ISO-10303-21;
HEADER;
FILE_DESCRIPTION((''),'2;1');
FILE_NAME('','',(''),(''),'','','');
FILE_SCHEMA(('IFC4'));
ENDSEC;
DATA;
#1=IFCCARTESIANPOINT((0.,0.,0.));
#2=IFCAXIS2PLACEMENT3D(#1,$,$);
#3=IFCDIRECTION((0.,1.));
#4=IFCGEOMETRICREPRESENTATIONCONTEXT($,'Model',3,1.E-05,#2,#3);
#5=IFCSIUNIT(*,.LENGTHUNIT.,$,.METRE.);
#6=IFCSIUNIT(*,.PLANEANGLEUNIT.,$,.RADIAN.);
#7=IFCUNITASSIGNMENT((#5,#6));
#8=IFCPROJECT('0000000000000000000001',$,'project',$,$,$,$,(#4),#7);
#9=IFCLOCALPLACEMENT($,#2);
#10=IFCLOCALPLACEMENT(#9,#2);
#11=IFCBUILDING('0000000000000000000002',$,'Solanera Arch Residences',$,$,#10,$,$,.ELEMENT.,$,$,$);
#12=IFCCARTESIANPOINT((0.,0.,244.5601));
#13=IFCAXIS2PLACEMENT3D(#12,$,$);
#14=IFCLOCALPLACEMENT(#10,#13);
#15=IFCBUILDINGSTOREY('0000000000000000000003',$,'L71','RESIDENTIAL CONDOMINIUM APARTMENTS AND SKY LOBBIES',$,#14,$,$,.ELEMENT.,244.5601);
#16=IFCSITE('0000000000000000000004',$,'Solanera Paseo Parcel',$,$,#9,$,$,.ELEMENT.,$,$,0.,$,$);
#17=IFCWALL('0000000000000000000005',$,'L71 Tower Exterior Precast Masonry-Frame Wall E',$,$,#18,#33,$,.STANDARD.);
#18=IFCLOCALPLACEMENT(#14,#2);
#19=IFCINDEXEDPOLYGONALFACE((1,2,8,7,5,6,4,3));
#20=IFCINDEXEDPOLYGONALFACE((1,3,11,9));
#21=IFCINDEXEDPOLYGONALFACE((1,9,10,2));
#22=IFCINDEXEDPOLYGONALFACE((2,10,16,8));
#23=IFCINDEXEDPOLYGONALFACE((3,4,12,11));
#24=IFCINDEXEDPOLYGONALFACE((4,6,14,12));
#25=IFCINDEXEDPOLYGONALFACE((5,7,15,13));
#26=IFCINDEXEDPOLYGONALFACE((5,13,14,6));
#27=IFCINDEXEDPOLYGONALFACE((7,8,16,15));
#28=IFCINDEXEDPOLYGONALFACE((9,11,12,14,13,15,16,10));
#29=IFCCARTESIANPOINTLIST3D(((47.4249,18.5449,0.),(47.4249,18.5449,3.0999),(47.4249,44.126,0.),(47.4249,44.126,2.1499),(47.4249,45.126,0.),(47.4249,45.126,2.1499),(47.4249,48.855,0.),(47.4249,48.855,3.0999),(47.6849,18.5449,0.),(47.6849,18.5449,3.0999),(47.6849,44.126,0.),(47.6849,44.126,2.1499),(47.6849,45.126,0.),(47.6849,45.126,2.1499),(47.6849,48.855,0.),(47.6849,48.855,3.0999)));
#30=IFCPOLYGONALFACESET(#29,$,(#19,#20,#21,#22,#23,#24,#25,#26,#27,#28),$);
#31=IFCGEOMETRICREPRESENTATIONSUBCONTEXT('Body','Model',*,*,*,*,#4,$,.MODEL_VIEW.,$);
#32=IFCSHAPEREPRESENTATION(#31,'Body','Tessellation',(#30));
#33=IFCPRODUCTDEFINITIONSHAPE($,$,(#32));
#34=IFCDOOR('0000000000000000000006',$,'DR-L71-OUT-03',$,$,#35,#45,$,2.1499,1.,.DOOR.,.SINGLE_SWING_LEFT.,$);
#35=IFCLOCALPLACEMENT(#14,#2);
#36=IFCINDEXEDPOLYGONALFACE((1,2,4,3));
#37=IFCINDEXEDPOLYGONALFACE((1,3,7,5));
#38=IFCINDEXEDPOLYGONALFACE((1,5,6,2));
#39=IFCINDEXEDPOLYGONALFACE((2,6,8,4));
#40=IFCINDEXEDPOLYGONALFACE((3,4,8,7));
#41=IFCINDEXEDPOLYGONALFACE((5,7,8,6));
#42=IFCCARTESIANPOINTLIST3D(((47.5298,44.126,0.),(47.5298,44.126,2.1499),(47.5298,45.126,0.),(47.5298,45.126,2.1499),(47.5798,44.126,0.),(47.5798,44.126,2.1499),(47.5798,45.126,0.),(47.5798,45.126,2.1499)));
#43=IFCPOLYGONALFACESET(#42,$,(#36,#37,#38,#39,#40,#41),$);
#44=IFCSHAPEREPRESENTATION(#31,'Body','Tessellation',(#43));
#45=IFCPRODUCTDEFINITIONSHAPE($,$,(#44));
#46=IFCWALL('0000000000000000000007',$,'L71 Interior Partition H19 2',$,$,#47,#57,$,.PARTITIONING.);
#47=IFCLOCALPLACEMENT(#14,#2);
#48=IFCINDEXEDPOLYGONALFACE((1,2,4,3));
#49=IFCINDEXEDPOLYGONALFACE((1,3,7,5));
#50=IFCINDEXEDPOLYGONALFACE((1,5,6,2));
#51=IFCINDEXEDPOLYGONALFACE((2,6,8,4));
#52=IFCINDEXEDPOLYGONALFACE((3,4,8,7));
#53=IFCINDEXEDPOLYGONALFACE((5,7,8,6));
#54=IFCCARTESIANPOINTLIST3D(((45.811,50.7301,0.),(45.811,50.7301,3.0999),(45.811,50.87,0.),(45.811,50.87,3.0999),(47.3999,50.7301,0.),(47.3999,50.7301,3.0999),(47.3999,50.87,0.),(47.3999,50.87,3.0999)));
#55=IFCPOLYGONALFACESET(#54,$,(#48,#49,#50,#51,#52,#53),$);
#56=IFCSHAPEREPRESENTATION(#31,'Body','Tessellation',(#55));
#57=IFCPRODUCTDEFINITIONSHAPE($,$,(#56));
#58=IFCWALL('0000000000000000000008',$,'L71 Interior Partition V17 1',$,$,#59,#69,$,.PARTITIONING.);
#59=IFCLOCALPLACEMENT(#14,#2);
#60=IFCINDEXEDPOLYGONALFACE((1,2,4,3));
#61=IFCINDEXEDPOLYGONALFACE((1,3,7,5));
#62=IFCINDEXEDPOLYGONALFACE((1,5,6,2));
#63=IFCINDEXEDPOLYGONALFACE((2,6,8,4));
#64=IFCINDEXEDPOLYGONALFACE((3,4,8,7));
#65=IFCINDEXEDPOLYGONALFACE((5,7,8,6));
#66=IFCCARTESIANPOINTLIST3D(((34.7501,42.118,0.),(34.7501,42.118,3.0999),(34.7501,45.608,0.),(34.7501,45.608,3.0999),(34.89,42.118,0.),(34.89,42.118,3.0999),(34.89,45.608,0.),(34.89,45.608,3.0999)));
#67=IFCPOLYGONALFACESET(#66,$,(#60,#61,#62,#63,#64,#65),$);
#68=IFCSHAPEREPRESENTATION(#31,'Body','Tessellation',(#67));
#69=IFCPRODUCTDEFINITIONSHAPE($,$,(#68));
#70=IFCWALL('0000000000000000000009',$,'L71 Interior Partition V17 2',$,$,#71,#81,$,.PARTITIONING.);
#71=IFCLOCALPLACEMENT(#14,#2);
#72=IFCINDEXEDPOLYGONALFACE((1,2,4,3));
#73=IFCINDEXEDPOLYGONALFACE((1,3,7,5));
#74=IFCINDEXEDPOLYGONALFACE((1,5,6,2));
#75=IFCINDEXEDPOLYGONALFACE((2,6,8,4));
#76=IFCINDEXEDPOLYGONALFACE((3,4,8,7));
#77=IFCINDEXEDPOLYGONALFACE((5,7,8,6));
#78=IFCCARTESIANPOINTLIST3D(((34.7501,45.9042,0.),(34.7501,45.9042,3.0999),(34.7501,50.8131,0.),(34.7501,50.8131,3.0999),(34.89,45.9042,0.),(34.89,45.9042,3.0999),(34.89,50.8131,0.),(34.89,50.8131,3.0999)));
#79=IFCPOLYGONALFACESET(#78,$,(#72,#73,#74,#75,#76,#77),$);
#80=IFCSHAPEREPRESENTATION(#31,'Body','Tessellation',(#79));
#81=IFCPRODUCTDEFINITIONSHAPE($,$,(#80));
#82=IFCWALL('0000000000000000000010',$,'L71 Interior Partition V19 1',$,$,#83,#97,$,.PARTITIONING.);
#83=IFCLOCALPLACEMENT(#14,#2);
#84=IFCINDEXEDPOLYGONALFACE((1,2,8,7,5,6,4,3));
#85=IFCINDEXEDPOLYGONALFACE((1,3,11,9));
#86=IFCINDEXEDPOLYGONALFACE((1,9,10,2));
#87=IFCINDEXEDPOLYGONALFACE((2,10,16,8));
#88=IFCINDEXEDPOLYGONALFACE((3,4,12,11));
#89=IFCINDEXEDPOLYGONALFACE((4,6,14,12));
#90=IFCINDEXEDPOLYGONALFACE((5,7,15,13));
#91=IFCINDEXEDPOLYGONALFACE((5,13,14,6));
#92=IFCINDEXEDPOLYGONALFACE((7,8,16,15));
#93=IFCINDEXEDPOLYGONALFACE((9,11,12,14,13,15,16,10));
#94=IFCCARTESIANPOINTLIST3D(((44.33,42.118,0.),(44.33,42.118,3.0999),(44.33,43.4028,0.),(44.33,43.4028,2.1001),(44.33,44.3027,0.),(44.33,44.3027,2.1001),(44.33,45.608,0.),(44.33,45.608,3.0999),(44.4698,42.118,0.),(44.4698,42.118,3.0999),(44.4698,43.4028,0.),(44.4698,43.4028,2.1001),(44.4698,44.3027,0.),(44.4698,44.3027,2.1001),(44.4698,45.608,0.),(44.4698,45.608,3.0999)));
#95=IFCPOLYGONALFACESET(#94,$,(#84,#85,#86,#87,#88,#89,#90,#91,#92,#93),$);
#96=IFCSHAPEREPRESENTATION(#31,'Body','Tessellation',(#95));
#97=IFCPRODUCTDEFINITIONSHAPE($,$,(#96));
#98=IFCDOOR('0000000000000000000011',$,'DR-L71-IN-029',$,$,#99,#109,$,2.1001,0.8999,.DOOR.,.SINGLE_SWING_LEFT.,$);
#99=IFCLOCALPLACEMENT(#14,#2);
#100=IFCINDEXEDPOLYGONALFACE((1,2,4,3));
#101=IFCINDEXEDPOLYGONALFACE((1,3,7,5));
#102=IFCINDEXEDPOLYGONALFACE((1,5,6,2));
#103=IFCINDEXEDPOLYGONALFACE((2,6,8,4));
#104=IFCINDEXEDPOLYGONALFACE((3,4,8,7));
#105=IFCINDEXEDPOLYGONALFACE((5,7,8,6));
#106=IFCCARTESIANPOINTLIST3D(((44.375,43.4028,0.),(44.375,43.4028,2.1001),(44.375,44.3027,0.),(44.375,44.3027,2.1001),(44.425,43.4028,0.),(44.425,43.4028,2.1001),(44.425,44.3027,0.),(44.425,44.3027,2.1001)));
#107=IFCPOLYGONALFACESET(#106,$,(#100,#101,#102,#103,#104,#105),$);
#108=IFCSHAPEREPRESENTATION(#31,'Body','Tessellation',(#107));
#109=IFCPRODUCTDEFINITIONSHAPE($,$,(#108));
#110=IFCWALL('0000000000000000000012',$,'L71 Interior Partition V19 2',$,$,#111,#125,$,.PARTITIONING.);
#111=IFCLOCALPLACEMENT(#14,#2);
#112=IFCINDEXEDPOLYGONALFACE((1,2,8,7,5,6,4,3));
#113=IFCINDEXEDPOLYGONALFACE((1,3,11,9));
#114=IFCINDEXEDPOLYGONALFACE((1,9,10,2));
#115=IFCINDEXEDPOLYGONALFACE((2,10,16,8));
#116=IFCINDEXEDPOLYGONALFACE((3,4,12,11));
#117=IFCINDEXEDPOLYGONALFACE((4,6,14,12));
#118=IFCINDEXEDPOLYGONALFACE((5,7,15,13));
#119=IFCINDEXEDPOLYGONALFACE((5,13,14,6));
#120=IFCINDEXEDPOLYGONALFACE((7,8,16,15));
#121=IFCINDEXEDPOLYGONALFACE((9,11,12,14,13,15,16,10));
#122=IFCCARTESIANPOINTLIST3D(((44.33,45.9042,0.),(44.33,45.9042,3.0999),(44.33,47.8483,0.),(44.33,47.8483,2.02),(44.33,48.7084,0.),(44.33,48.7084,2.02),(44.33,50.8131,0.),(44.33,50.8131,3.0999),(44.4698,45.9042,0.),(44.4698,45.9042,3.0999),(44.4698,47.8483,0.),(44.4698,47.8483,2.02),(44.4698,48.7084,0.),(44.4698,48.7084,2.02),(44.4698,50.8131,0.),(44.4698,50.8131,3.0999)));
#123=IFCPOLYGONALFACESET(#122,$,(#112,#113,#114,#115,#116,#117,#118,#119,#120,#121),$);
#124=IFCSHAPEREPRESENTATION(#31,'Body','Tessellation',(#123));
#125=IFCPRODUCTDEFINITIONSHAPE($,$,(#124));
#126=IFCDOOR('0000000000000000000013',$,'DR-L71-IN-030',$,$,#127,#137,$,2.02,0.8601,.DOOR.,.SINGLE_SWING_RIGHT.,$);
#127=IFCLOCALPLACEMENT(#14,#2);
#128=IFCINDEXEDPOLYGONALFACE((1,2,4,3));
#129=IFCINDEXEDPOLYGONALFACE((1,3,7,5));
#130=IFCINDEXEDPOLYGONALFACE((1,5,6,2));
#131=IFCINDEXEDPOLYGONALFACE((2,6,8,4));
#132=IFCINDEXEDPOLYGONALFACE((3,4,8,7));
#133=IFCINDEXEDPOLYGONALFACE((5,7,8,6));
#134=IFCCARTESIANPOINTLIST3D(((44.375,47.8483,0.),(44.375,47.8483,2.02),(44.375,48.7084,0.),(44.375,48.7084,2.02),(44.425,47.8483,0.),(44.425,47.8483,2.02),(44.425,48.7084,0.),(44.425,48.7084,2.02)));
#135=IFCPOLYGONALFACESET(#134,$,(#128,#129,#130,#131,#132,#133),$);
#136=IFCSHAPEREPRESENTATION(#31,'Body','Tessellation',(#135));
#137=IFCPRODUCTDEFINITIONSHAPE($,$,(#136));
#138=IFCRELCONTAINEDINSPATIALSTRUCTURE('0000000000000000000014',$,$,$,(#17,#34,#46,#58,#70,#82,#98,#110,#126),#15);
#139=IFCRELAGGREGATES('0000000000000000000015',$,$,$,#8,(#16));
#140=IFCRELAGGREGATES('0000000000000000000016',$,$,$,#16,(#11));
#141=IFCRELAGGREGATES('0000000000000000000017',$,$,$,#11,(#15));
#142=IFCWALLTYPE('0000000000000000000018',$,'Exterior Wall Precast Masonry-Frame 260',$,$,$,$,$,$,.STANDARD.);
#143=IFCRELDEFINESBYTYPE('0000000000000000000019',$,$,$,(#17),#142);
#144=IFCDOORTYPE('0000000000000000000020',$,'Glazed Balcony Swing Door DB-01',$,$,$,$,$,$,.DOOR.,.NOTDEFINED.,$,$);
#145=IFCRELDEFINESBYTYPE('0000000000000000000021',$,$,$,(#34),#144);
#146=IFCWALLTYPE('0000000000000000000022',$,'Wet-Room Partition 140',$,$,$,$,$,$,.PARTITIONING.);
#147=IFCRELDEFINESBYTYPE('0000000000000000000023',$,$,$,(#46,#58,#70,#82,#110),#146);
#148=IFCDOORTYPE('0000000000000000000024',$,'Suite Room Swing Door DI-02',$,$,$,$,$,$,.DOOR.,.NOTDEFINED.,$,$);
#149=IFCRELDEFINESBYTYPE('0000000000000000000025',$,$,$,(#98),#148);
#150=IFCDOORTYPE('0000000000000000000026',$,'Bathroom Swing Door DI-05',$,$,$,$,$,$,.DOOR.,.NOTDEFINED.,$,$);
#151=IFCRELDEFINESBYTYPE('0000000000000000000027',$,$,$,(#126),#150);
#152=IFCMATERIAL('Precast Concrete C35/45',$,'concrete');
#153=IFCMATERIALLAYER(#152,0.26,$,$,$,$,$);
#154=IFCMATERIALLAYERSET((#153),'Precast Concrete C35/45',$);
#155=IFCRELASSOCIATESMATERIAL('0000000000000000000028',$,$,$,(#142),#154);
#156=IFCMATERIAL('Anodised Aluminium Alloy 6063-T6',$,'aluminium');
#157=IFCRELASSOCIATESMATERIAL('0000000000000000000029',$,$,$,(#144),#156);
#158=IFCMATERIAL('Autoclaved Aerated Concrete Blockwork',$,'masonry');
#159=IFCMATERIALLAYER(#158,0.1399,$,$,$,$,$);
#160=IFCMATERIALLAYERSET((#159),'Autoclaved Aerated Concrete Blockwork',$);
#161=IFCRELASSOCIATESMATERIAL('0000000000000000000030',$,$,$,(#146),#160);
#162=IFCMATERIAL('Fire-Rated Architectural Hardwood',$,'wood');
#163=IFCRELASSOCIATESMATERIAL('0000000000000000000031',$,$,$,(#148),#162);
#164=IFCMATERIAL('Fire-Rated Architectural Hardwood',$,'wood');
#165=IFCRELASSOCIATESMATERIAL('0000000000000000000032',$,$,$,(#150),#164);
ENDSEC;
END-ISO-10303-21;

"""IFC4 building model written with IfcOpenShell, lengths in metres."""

from ifc_helpers import new_model, si_unit, direction, frame, frame_2d, origin, place, context, subcontext, project, spatial, rectangle, extrude, material, layer, layer_set, type_object, element, fill, save


model = new_model("IFC4")

# Units and contexts
model_context = context("Model", 3, precision=1e-05, world=origin(), true_north=direction((0.0, 1.0)))
body_context = subcontext(model_context, "Body", "Model", "MODEL_VIEW")
ifc_project = project(units=[si_unit("LENGTHUNIT", "METRE"), si_unit("PLANEANGLEUNIT", "RADIAN")], contexts=[model_context])

# Site, building, storey
site_placement = place(None, origin())
site = spatial("IfcSite", under=ifc_project, at=site_placement, Name="Solanera Paseo Parcel", CompositionType="ELEMENT", RefElevation=0.0)
building_placement = place(site_placement, origin())
building = spatial("IfcBuilding", under=site, at=building_placement, Name="Solanera Arch Residences", CompositionType="ELEMENT")
storey_placement = place(building_placement, frame((0.0, 0.0, 244.5601)))
storey = spatial("IfcBuildingStorey", under=building, at=storey_placement, Name="L71", Description="RESIDENTIAL CONDOMINIUM APARTMENTS AND SKY LOBBIES", CompositionType="ELEMENT", Elevation=244.5601)

# Shared definitions
ifc_material_1 = material(Name="Precast Concrete C35/45", Category="concrete")
ifc_layer_1 = layer(ifc_material_1, 0.26)
ifc_layer_set_1 = layer_set([ifc_layer_1], Name="Precast Concrete C35/45")
wall_type_1 = type_object("IfcWallType", Name="Exterior Wall Precast Masonry-Frame 260", PredefinedType="STANDARD", material=ifc_layer_set_1)

# Wall, opening, door
wall_1_placement = place(storey_placement, frame((47.5549, 48.855, 0.0), z_axis=(0.0, 0.0, 1.0), x_axis=(0.0, -1.0, 0.0)))
wall_1 = element("IfcWall", 1, at=wall_1_placement, inside=storey, type_object=wall_type_1, Name="L71 Tower Exterior Precast Masonry-Frame Wall E", PredefinedType="STANDARD", context=body_context, shape_type="SweptSolid", body=[
    extrude(rectangle(XDim=30.3101, YDim=0.26, at=frame_2d((15.155, 0.0))), origin(), (0.0, 0.0, 1.0), 3.0999),
])
opening_1_placement = place(wall_1_placement, frame((3.729, 0.0, 0.0)))
opening_1 = element("IfcOpeningElement", 2, at=opening_1_placement, cuts=wall_1, PredefinedType="OPENING", context=body_context, shape_type="SweptSolid", body=[
    extrude(rectangle(XDim=1.0, YDim=2.1499, at=frame_2d((0.5, 1.075))), frame((0.0, 0.1399, 0.0), z_axis=(0.0, -1.0, 0.0), x_axis=(1.0, 0.0, 0.0)), (0.0, 0.0, 1.0), 0.28),
])
ifc_material_2 = material(Name="Anodised Aluminium Alloy 6063-T6", Category="aluminium")
door_type_1 = type_object("IfcDoorType", Name="Glazed Balcony Swing Door DB-01", OperationType="NOTDEFINED", PredefinedType="DOOR", material=ifc_material_2)
door_1_placement = place(opening_1_placement, origin())
door_1 = element("IfcDoor", 3, at=door_1_placement, inside=storey, type_object=door_type_1, Name="DR-L71-OUT-03", OperationType="SINGLE_SWING_LEFT", OverallHeight=2.1499, OverallWidth=1.0, PredefinedType="DOOR", context=body_context, shape_type="SweptSolid", body=[
    extrude(rectangle(XDim=1.0, YDim=2.1499, at=frame_2d((0.5, 1.075))), frame((0.0, 0.0249, 0.0), z_axis=(0.0, -1.0, 0.0), x_axis=(1.0, 0.0, 0.0)), (0.0, 0.0, 1.0), 0.05),
])
fill(opening_1, door_1)

# Walls
ifc_material_3 = material(Name="Autoclaved Aerated Concrete Blockwork", Category="masonry")
ifc_layer_2 = layer(ifc_material_3, 0.1399)
ifc_layer_set_2 = layer_set([ifc_layer_2], Name="Autoclaved Aerated Concrete Blockwork")
wall_type_2 = type_object("IfcWallType", Name="Wet-Room Partition 140", PredefinedType="PARTITIONING", material=ifc_layer_set_2)
wall_2_placement = place(storey_placement, frame((45.811, 50.8, 0.0), z_axis=(0.0, 0.0, 1.0), x_axis=(1.0, 0.0, 0.0)))
element("IfcWall", 4, at=wall_2_placement, inside=storey, type_object=wall_type_2, Name="L71 Interior Partition H19 2", PredefinedType="PARTITIONING", context=body_context, shape_type="SweptSolid", body=[
    extrude(rectangle(XDim=1.5889, YDim=0.1399, at=frame_2d((0.7944, 0.0))), origin(), (0.0, 0.0, 1.0), 3.0999),
])
wall_3_placement = place(storey_placement, frame((34.8201, 42.1179, 0.0), z_axis=(0.0, 0.0, 1.0), x_axis=(0.0, 1.0, 0.0)))
element("IfcWall", 5, at=wall_3_placement, inside=storey, type_object=wall_type_2, Name="L71 Interior Partition V17 1", PredefinedType="PARTITIONING", context=body_context, shape_type="SweptSolid", body=[
    extrude(rectangle(XDim=3.49, YDim=0.1399, at=frame_2d((1.7451, 0.0))), origin(), (0.0, 0.0, 1.0), 3.0999),
])
wall_4_placement = place(storey_placement, frame((34.8201, 45.9041, 0.0), z_axis=(0.0, 0.0, 1.0), x_axis=(0.0, 1.0, 0.0)))
element("IfcWall", 6, at=wall_4_placement, inside=storey, type_object=wall_type_2, Name="L71 Interior Partition V17 2", PredefinedType="PARTITIONING", context=body_context, shape_type="SweptSolid", body=[
    extrude(rectangle(XDim=4.9089, YDim=0.1399, at=frame_2d((2.4546, 0.0))), origin(), (0.0, 0.0, 1.0), 3.0999),
])

# Walls, openings, doors
wall_5_placement = place(storey_placement, frame((44.3999, 42.1179, 0.0), z_axis=(0.0, 0.0, 1.0), x_axis=(0.0, 1.0, 0.0)))
wall_5 = element("IfcWall", 7, at=wall_5_placement, inside=storey, type_object=wall_type_2, Name="L71 Interior Partition V19 1", PredefinedType="PARTITIONING", context=body_context, shape_type="SweptSolid", body=[
    extrude(rectangle(XDim=3.49, YDim=0.1399, at=frame_2d((1.7451, 0.0))), origin(), (0.0, 0.0, 1.0), 3.0999),
])
opening_2_placement = place(wall_5_placement, frame((1.2849, 0.0, 0.0)))
opening_2 = element("IfcOpeningElement", 8, at=opening_2_placement, cuts=wall_5, PredefinedType="OPENING", context=body_context, shape_type="SweptSolid", body=[
    extrude(rectangle(XDim=0.8999, YDim=2.1001, at=frame_2d((0.45, 1.05))), frame((0.0, 0.0798, 0.0), z_axis=(0.0, -1.0, 0.0), x_axis=(1.0, 0.0, 0.0)), (0.0, 0.0, 1.0), 0.1599),
])
ifc_material_4 = material(Name="Fire-Rated Architectural Hardwood", Category="wood")
door_type_2 = type_object("IfcDoorType", Name="Suite Room Swing Door DI-02", OperationType="NOTDEFINED", PredefinedType="DOOR", material=ifc_material_4)
door_2_placement = place(opening_2_placement, origin())
door_2 = element("IfcDoor", 9, at=door_2_placement, inside=storey, type_object=door_type_2, Name="DR-L71-IN-029", OperationType="SINGLE_SWING_LEFT", OverallHeight=2.1001, OverallWidth=0.8999, PredefinedType="DOOR", context=body_context, shape_type="SweptSolid", body=[
    extrude(rectangle(XDim=0.8999, YDim=2.1001, at=frame_2d((0.45, 1.05))), frame((0.0, 0.0249, 0.0), z_axis=(0.0, -1.0, 0.0), x_axis=(1.0, 0.0, 0.0)), (0.0, 0.0, 1.0), 0.05),
])
fill(opening_2, door_2)
wall_6_placement = place(storey_placement, frame((44.3999, 45.9041, 0.0), z_axis=(0.0, 0.0, 1.0), x_axis=(0.0, 1.0, 0.0)))
wall_6 = element("IfcWall", 10, at=wall_6_placement, inside=storey, type_object=wall_type_2, Name="L71 Interior Partition V19 2", PredefinedType="PARTITIONING", context=body_context, shape_type="SweptSolid", body=[
    extrude(rectangle(XDim=4.9089, YDim=0.1399, at=frame_2d((2.4546, 0.0))), origin(), (0.0, 0.0, 1.0), 3.0999),
])
opening_3_placement = place(wall_6_placement, frame((1.9441, 0.0, 0.0)))
opening_3 = element("IfcOpeningElement", 11, at=opening_3_placement, cuts=wall_6, PredefinedType="OPENING", context=body_context, shape_type="SweptSolid", body=[
    extrude(rectangle(XDim=0.8601, YDim=2.02, at=frame_2d((0.4302, 1.01))), frame((0.0, 0.0798, 0.0), z_axis=(0.0, -1.0, 0.0), x_axis=(1.0, 0.0, 0.0)), (0.0, 0.0, 1.0), 0.1599),
])
ifc_material_5 = material(Name="Fire-Rated Architectural Hardwood", Category="wood")
door_type_3 = type_object("IfcDoorType", Name="Bathroom Swing Door DI-05", OperationType="NOTDEFINED", PredefinedType="DOOR", material=ifc_material_5)
door_3_placement = place(opening_3_placement, origin())
door_3 = element("IfcDoor", 12, at=door_3_placement, inside=storey, type_object=door_type_3, Name="DR-L71-IN-030", OperationType="SINGLE_SWING_RIGHT", OverallHeight=2.02, OverallWidth=0.8601, PredefinedType="DOOR", context=body_context, shape_type="SweptSolid", body=[
    extrude(rectangle(XDim=0.8601, YDim=2.02, at=frame_2d((0.4302, 1.01))), frame((0.0, 0.0249, 0.0), z_axis=(0.0, -1.0, 0.0), x_axis=(1.0, 0.0, 0.0)), (0.0, 0.0, 1.0), 0.05),
])
fill(opening_3, door_3)

save(model, "model.ifc")
